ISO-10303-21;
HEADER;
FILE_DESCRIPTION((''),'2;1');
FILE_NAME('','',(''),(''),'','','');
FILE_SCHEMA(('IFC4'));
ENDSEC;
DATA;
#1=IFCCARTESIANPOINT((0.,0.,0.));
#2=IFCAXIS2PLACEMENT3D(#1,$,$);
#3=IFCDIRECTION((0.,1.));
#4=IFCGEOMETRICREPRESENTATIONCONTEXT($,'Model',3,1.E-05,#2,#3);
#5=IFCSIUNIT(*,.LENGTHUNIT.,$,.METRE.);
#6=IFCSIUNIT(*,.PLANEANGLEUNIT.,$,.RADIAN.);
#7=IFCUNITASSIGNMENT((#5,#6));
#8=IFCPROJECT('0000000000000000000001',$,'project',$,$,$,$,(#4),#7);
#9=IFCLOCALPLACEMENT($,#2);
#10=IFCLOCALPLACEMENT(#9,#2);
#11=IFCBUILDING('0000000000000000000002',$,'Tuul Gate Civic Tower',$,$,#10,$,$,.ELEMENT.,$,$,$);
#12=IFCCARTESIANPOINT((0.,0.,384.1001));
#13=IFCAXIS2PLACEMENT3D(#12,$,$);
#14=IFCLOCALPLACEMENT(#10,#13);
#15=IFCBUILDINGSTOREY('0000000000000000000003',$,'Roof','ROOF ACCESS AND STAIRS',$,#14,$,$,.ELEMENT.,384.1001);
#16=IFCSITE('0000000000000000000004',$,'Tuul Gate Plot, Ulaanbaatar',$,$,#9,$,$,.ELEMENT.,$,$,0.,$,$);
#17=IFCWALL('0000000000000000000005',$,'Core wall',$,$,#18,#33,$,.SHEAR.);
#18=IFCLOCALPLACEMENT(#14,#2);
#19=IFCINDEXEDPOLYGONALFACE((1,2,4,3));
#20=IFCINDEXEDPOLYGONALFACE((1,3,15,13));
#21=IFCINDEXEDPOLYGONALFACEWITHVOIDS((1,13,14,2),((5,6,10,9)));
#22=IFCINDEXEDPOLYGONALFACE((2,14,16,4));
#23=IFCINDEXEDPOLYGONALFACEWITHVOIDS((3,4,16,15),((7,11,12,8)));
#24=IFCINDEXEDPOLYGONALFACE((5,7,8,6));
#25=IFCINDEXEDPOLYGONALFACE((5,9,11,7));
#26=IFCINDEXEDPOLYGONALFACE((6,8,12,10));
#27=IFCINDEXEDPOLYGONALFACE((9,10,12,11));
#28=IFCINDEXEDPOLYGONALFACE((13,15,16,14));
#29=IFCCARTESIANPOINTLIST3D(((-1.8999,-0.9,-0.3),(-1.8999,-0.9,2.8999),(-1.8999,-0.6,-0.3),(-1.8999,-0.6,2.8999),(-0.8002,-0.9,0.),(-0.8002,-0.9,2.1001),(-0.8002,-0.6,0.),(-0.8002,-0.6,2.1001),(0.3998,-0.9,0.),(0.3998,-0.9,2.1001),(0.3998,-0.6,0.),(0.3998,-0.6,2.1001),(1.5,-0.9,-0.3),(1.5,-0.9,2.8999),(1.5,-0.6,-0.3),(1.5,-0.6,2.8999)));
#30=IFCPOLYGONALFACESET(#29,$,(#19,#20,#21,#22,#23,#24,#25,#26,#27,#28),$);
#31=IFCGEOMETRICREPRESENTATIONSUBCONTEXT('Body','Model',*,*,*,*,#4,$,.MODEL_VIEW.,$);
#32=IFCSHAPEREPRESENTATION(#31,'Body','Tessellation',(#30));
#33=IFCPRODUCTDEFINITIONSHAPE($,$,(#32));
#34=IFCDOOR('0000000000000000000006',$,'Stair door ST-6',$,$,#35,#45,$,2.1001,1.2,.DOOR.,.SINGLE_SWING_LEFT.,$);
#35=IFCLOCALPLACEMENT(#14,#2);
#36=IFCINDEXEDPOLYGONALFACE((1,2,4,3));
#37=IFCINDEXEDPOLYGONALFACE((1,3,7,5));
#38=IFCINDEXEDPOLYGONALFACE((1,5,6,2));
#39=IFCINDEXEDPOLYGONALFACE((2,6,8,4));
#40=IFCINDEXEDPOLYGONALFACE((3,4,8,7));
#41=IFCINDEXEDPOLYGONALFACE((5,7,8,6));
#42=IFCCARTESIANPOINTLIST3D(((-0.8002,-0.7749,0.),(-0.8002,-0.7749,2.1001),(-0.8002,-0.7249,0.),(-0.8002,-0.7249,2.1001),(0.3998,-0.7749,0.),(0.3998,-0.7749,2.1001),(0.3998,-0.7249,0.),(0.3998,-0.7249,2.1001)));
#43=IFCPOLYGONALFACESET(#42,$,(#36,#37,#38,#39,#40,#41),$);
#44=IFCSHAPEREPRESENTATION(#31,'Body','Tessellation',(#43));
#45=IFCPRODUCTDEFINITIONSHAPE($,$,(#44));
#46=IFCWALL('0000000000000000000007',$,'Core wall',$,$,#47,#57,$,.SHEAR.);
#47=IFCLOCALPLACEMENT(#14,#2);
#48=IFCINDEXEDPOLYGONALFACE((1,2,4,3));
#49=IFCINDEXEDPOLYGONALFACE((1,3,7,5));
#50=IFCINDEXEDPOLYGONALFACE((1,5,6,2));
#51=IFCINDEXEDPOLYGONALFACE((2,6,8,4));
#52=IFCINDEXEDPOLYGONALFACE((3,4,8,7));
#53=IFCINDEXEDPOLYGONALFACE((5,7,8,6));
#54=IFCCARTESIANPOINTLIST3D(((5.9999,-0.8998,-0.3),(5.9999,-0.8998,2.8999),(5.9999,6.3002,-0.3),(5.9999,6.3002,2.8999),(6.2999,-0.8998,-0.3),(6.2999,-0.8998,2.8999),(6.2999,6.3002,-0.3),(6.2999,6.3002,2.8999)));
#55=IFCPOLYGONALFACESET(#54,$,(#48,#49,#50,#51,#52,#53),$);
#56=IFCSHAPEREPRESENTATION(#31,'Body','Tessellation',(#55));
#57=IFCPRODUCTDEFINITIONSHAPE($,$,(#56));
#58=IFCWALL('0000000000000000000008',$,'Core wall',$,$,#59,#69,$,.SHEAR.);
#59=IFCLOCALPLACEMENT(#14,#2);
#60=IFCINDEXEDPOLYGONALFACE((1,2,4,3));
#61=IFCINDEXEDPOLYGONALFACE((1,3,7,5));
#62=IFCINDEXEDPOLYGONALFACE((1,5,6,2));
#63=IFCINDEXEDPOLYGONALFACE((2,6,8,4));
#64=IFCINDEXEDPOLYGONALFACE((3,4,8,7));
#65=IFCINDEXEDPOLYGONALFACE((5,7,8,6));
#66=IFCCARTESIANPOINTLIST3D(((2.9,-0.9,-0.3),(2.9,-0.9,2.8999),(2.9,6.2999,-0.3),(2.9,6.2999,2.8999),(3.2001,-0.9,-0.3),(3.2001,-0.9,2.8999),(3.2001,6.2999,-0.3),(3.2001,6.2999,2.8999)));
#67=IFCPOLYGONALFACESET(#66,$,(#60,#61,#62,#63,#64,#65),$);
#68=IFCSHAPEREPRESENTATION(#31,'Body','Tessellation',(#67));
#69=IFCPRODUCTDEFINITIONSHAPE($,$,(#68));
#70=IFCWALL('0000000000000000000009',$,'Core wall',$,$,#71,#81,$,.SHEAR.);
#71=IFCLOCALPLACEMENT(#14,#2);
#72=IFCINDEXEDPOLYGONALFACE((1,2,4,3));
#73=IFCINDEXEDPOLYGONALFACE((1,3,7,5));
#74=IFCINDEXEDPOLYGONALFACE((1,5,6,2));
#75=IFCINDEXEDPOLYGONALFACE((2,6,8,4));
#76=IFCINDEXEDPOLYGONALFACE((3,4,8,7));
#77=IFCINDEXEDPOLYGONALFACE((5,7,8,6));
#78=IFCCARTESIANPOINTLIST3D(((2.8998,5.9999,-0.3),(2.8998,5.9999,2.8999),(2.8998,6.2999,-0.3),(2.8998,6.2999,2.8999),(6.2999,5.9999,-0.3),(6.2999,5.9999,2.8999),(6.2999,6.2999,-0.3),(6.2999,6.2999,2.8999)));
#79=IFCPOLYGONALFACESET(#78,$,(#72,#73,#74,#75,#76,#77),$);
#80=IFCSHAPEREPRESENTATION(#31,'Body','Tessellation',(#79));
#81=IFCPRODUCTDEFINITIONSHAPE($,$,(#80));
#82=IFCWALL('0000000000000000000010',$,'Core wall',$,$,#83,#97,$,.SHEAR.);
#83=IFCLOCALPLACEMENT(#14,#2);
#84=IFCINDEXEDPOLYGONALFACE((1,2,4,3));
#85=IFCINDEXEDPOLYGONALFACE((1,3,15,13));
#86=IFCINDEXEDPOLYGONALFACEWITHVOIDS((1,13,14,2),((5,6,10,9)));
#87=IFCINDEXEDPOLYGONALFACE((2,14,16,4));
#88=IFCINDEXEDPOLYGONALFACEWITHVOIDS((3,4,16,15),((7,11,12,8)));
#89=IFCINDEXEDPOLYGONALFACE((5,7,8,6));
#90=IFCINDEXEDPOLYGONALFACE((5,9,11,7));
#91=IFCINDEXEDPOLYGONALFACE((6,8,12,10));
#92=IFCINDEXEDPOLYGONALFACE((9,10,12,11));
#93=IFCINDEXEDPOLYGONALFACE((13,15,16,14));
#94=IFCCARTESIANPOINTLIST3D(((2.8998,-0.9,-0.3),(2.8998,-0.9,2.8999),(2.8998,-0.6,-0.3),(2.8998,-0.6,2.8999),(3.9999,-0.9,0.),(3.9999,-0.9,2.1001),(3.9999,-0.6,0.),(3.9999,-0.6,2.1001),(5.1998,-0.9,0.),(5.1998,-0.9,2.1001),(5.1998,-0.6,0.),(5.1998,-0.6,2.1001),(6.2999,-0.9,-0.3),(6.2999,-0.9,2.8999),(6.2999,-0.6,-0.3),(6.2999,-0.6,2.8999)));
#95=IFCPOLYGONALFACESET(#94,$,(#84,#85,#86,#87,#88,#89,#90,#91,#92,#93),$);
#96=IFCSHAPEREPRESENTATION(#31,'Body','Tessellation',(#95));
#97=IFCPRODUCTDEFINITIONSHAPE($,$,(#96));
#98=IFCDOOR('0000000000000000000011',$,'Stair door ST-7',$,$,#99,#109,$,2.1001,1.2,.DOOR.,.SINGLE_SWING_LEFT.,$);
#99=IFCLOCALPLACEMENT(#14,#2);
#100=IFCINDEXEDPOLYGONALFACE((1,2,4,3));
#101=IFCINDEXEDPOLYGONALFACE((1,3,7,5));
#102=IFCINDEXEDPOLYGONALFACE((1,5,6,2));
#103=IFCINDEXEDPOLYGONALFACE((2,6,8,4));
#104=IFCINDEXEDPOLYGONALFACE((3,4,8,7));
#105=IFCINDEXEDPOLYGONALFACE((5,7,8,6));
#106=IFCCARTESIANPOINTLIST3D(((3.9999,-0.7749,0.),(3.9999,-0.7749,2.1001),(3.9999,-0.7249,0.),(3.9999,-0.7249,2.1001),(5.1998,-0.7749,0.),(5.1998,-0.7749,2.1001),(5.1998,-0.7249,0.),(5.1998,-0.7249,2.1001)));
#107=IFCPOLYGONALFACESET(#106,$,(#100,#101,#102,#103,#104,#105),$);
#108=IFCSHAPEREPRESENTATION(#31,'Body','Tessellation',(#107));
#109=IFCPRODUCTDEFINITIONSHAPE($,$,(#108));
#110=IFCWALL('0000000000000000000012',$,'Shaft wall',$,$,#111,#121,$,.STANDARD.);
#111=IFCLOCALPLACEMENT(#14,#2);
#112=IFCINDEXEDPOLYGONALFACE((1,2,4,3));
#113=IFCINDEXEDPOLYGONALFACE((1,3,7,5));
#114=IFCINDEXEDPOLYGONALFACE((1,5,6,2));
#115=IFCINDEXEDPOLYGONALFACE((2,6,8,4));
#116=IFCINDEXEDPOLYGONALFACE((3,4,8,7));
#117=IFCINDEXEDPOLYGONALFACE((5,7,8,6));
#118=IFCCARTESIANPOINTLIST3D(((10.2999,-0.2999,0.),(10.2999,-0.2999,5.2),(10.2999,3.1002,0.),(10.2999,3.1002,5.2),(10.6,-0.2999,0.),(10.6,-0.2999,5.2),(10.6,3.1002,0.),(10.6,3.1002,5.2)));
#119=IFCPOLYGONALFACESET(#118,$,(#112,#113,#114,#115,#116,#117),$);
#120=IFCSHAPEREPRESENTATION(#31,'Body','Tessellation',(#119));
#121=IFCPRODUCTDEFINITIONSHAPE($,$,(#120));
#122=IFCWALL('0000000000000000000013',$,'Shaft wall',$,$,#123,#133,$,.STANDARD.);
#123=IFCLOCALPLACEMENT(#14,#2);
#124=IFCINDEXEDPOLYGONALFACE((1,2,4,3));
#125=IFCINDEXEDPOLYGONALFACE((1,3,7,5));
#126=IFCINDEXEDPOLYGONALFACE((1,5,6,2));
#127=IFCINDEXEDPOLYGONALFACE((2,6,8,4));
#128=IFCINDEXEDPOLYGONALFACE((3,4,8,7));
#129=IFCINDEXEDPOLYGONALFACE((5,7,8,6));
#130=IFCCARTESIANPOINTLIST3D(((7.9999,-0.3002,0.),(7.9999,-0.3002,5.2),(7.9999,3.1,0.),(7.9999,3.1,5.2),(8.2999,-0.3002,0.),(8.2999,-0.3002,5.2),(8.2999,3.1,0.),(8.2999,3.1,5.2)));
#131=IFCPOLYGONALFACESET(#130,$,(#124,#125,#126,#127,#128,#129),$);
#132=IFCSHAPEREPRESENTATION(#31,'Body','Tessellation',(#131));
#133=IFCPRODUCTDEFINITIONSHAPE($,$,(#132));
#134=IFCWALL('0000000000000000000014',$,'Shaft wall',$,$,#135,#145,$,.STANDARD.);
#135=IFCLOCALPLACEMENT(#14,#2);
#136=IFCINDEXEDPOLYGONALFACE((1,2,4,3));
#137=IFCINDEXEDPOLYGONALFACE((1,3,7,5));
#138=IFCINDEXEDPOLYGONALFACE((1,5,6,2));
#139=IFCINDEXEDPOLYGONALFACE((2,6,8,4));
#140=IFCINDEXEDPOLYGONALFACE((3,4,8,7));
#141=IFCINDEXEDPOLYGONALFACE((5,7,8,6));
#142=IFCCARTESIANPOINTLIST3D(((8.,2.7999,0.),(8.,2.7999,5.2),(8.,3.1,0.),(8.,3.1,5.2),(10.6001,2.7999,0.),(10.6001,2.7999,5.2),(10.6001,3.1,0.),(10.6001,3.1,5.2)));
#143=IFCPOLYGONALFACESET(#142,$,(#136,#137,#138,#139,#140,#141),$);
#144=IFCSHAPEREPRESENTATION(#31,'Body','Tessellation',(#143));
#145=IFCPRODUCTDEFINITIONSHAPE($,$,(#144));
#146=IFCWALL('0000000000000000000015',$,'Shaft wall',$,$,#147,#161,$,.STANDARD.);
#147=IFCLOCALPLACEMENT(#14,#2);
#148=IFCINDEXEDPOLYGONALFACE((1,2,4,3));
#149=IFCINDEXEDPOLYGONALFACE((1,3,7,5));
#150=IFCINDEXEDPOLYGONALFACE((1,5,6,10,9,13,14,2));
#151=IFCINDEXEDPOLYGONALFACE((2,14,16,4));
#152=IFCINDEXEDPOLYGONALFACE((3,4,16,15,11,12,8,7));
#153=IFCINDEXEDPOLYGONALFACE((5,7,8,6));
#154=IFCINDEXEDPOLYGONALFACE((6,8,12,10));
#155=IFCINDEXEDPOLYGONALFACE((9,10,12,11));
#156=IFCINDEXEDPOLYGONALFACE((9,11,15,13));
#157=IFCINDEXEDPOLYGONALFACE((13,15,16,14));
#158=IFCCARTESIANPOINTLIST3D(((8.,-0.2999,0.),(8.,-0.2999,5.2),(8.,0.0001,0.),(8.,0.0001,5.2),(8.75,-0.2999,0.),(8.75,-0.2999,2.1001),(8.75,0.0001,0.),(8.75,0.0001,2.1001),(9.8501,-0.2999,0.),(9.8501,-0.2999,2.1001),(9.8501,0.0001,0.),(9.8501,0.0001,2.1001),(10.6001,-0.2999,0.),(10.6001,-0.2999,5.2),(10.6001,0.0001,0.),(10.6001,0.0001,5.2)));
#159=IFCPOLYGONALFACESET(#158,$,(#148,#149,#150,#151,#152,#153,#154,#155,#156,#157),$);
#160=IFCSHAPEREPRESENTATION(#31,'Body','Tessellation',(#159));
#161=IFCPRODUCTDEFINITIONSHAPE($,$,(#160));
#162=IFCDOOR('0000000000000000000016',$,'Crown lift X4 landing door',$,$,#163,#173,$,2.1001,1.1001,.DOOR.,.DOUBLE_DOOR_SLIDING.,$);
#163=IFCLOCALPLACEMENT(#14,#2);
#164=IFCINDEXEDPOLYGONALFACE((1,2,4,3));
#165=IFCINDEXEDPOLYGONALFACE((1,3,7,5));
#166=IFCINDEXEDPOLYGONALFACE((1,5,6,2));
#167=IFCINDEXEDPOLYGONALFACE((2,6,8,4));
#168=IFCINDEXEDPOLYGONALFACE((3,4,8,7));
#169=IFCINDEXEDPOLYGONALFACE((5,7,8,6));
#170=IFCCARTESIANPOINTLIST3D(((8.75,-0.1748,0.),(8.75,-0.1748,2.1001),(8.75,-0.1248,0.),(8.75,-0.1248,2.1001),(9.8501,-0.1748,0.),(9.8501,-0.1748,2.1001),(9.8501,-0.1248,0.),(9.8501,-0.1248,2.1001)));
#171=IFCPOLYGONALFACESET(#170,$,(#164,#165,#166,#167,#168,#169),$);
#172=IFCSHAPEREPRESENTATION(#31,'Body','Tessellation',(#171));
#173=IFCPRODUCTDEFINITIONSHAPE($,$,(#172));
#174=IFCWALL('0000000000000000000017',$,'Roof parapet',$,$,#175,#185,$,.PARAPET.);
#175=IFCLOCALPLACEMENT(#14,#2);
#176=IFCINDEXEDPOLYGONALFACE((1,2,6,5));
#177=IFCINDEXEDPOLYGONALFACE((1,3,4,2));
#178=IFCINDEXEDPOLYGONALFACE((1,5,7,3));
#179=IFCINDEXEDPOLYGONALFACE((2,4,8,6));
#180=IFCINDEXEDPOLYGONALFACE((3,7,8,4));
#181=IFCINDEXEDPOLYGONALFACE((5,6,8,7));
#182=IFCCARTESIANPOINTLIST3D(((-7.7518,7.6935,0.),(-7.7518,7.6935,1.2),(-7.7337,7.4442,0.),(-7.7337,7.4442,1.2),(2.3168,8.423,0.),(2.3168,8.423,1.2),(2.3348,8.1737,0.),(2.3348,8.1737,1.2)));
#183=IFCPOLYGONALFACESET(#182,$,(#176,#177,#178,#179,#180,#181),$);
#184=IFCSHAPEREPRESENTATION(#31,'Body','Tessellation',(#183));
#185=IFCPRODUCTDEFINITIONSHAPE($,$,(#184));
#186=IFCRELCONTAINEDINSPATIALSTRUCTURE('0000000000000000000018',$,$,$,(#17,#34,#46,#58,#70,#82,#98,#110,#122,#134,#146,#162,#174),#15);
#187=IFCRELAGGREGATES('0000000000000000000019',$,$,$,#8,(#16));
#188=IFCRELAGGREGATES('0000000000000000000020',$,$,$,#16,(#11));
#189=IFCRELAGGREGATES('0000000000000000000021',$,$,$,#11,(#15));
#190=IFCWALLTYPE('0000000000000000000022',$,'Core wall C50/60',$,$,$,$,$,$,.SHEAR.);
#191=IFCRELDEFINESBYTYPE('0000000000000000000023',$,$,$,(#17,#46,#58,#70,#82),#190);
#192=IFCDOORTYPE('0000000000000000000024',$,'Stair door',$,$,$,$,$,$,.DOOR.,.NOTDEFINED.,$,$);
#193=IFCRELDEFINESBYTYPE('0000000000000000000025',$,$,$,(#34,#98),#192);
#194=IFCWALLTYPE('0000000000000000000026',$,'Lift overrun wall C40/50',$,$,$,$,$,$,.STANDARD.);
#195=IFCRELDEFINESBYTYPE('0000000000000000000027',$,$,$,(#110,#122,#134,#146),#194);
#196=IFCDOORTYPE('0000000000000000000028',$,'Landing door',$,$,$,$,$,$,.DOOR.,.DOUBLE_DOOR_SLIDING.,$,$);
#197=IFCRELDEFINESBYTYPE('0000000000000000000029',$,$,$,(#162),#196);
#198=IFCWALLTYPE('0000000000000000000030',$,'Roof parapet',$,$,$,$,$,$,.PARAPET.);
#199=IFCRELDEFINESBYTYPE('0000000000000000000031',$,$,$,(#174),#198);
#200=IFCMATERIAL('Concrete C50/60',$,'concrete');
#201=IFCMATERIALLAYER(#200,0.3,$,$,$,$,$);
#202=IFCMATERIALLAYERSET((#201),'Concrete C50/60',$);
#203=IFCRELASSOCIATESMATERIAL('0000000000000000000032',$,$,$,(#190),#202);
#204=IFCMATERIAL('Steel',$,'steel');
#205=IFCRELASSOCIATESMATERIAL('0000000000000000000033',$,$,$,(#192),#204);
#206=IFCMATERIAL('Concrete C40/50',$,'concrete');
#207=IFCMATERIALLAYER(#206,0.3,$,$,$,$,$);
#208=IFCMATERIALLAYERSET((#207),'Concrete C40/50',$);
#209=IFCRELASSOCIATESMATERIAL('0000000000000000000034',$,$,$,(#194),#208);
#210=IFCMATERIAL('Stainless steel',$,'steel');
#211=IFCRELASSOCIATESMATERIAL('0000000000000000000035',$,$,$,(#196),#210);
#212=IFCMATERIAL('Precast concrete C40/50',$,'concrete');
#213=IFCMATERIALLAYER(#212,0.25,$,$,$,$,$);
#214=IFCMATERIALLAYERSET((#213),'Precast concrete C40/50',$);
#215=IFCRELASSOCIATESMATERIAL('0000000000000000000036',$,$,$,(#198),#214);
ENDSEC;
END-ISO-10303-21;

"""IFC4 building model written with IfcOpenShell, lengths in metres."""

from ifc_helpers import new_model, si_unit, direction, frame, frame_2d, origin, place, context, subcontext, project, spatial, rectangle, extrude, material, layer, layer_set, type_object, element, fill, save


model = new_model("IFC4")

# Units and contexts
model_context = context("Model", 3, precision=1e-05, world=origin(), true_north=direction((0.0, 1.0)))
body_context = subcontext(model_context, "Body", "Model", "MODEL_VIEW")
ifc_project = project(units=[si_unit("LENGTHUNIT", "METRE"), si_unit("PLANEANGLEUNIT", "RADIAN")], contexts=[model_context])

# Site, building, storey
site_placement = place(None, origin())
site = spatial("IfcSite", under=ifc_project, at=site_placement, Name="Tuul Gate Plot, Ulaanbaatar", CompositionType="ELEMENT", RefElevation=0.0)
building_placement = place(site_placement, origin())
building = spatial("IfcBuilding", under=site, at=building_placement, Name="Tuul Gate Civic Tower", CompositionType="ELEMENT")
storey_placement = place(building_placement, frame((0.0, 0.0, 384.1001)))
storey = spatial("IfcBuildingStorey", under=building, at=storey_placement, Name="Roof", Description="ROOF ACCESS AND STAIRS", CompositionType="ELEMENT", Elevation=384.1001)

# Wall, opening, door
ifc_material_1 = material(Name="Concrete C50/60", Category="concrete")
ifc_layer_1 = layer(ifc_material_1, 0.3)
ifc_layer_set_1 = layer_set([ifc_layer_1], Name="Concrete C50/60")
wall_type_1 = type_object("IfcWallType", Name="Core wall C50/60", PredefinedType="SHEAR", material=ifc_layer_set_1)
wall_1_placement = place(storey_placement, frame((1.5, -0.75, -0.3), z_axis=(0.0, 0.0, 1.0), x_axis=(-1.0, 0.0, 0.0)))
wall_1 = element("IfcWall", 1, at=wall_1_placement, inside=storey, type_object=wall_type_1, Name="Core wall", PredefinedType="SHEAR", context=body_context, shape_type="SweptSolid", body=[
    extrude(rectangle(XDim=3.3999, YDim=0.3, at=frame_2d((1.7, 0.0))), origin(), (0.0, 0.0, 1.0), 3.2),
])
opening_1_placement = place(wall_1_placement, frame((1.1001, 0.0, 0.3)))
opening_1 = element("IfcOpeningElement", 2, at=opening_1_placement, cuts=wall_1, PredefinedType="OPENING", context=body_context, shape_type="SweptSolid", body=[
    extrude(rectangle(XDim=1.2, YDim=2.1001, at=frame_2d((0.6001, 1.05))), frame((0.0, 0.1602, 0.0), z_axis=(0.0, -1.0, 0.0), x_axis=(1.0, 0.0, 0.0)), (0.0, 0.0, 1.0), 0.3201),
])
ifc_material_2 = material(Name="Steel", Category="steel")
door_type_1 = type_object("IfcDoorType", Name="Stair door", OperationType="NOTDEFINED", PredefinedType="DOOR", material=ifc_material_2)
door_1_placement = place(opening_1_placement, origin())
door_1 = element("IfcDoor", 3, at=door_1_placement, inside=storey, type_object=door_type_1, Name="Stair door ST-6", OperationType="SINGLE_SWING_LEFT", OverallHeight=2.1001, OverallWidth=1.2, PredefinedType="DOOR", context=body_context, shape_type="SweptSolid", body=[
    extrude(rectangle(XDim=1.2, YDim=2.1001, at=frame_2d((0.6001, 1.05))), frame((0.0, 0.0249, 0.0), z_axis=(0.0, -1.0, 0.0), x_axis=(1.0, 0.0, 0.0)), (0.0, 0.0, 1.0), 0.05),
])
fill(opening_1, door_1)

# Walls
for number, where, z_axis, x_axis, name in (
    (4, (6.1499, -0.8999, -0.3), (0.0, 0.0, 1.0), (0.0, 1.0, 0.0), "Core wall"),
    (5, (3.05, 6.3, -0.3), (0.0, 0.0, 1.0), (0.0, -1.0, 0.0), "Core wall"),
):
    element("IfcWall", number, at=place(storey_placement, frame(where, z_axis=z_axis, x_axis=x_axis)), inside=storey, type_object=wall_type_1, Name=name, PredefinedType="SHEAR", context=body_context, shape_type="SweptSolid", body=[
        extrude(rectangle(XDim=7.2, YDim=0.3, at=frame_2d((3.6001, 0.0))), origin(), (0.0, 0.0, 1.0), 3.2),
    ])
wall_2_placement = place(storey_placement, frame((6.3, 6.1499, -0.3), z_axis=(0.0, 0.0, 1.0), x_axis=(-1.0, 0.0, 0.0)))
element("IfcWall", 6, at=wall_2_placement, inside=storey, type_object=wall_type_1, Name="Core wall", PredefinedType="SHEAR", context=body_context, shape_type="SweptSolid", body=[
    extrude(rectangle(XDim=3.4001, YDim=0.3, at=frame_2d((1.7002, 0.0))), origin(), (0.0, 0.0, 1.0), 3.2),
])

# Wall, opening, door
wall_3_placement = place(storey_placement, frame((6.3, -0.75, -0.3), z_axis=(0.0, 0.0, 1.0), x_axis=(-1.0, 0.0, 0.0)))
wall_3 = element("IfcWall", 7, at=wall_3_placement, inside=storey, type_object=wall_type_1, Name="Core wall", PredefinedType="SHEAR", context=body_context, shape_type="SweptSolid", body=[
    extrude(rectangle(XDim=3.4001, YDim=0.3, at=frame_2d((1.7002, 0.0))), origin(), (0.0, 0.0, 1.0), 3.2),
])
opening_2_placement = place(wall_3_placement, frame((1.1001, 0.0, 0.3)))
opening_2 = element("IfcOpeningElement", 8, at=opening_2_placement, cuts=wall_3, PredefinedType="OPENING", context=body_context, shape_type="SweptSolid", body=[
    extrude(rectangle(XDim=1.2, YDim=2.1001, at=frame_2d((0.6001, 1.05))), frame((0.0, 0.1602, 0.0), z_axis=(0.0, -1.0, 0.0), x_axis=(1.0, 0.0, 0.0)), (0.0, 0.0, 1.0), 0.3201),
])
door_2_placement = place(opening_2_placement, origin())
door_2 = element("IfcDoor", 9, at=door_2_placement, inside=storey, type_object=door_type_1, Name="Stair door ST-7", OperationType="SINGLE_SWING_LEFT", OverallHeight=2.1001, OverallWidth=1.2, PredefinedType="DOOR", context=body_context, shape_type="SweptSolid", body=[
    extrude(rectangle(XDim=1.2, YDim=2.1001, at=frame_2d((0.6001, 1.05))), frame((0.0, 0.0249, 0.0), z_axis=(0.0, -1.0, 0.0), x_axis=(1.0, 0.0, 0.0)), (0.0, 0.0, 1.0), 0.05),
])
fill(opening_2, door_2)

# Walls
ifc_material_3 = material(Name="Concrete C40/50", Category="concrete")
ifc_layer_2 = layer(ifc_material_3, 0.3)
ifc_layer_set_2 = layer_set([ifc_layer_2], Name="Concrete C40/50")
wall_type_2 = type_object("IfcWallType", Name="Lift overrun wall C40/50", PredefinedType="STANDARD", material=ifc_layer_set_2)
for number, where, z_axis, x_axis, name in (
    (10, (10.45, -0.3, 0.0), (0.0, 0.0, 1.0), (0.0, 1.0, 0.0), "Shaft wall"),
    (11, (8.1499, 3.1001, 0.0), (0.0, 0.0, 1.0), (0.0, -1.0, 0.0), "Shaft wall"),
):
    element("IfcWall", number, at=place(storey_placement, frame(where, z_axis=z_axis, x_axis=x_axis)), inside=storey, type_object=wall_type_2, Name=name, PredefinedType="STANDARD", context=body_context, shape_type="SweptSolid", body=[
        extrude(rectangle(XDim=3.4001, YDim=0.3, at=frame_2d((1.7002, 0.0))), origin(), (0.0, 0.0, 1.0), 5.2),
    ])
wall_4_placement = place(storey_placement, frame((10.6001, 2.95, 0.0), z_axis=(0.0, 0.0, 1.0), x_axis=(-1.0, 0.0, 0.0)))
element("IfcWall", 12, at=wall_4_placement, inside=storey, type_object=wall_type_2, Name="Shaft wall", PredefinedType="STANDARD", context=body_context, shape_type="SweptSolid", body=[
    extrude(rectangle(XDim=2.6001, YDim=0.3, at=frame_2d((1.3, 0.0))), origin(), (0.0, 0.0, 1.0), 5.2),
])

# Wall, opening, door
wall_5_placement = place(storey_placement, frame((10.6001, -0.1499, 0.0), z_axis=(0.0, 0.0, 1.0), x_axis=(-1.0, 0.0, 0.0)))
wall_5 = element("IfcWall", 13, at=wall_5_placement, inside=storey, type_object=wall_type_2, Name="Shaft wall", PredefinedType="STANDARD", context=body_context, shape_type="SweptSolid", body=[
    extrude(rectangle(XDim=2.6001, YDim=0.3, at=frame_2d((1.3, 0.0))), origin(), (0.0, 0.0, 1.0), 5.2),
])
opening_3_placement = place(wall_5_placement, frame((0.75, 0.0, 0.0)))
opening_3 = element("IfcOpeningElement", 14, at=opening_3_placement, cuts=wall_5, PredefinedType="OPENING", context=body_context, shape_type="SweptSolid", body=[
    extrude(rectangle(XDim=1.1001, YDim=2.1001, at=frame_2d((0.55, 1.05))), frame((0.0, 0.1602, 0.0), z_axis=(0.0, -1.0, 0.0), x_axis=(1.0, 0.0, 0.0)), (0.0, 0.0, 1.0), 0.3201),
])
ifc_material_4 = material(Name="Stainless steel", Category="steel")
door_type_2 = type_object("IfcDoorType", Name="Landing door", OperationType="DOUBLE_DOOR_SLIDING", PredefinedType="DOOR", material=ifc_material_4)
door_3_placement = place(opening_3_placement, origin())
door_3 = element("IfcDoor", 15, at=door_3_placement, inside=storey, type_object=door_type_2, Name="Crown lift X4 landing door", OperationType="DOUBLE_DOOR_SLIDING", OverallHeight=2.1001, OverallWidth=1.1001, PredefinedType="DOOR", context=body_context, shape_type="SweptSolid", body=[
    extrude(rectangle(XDim=1.1001, YDim=2.1001, at=frame_2d((0.55, 1.05))), frame((0.0, 0.0249, 0.0), z_axis=(0.0, -1.0, 0.0), x_axis=(1.0, 0.0, 0.0)), (0.0, 0.0, 1.0), 0.05),
])
fill(opening_3, door_3)

# Wall
ifc_material_5 = material(Name="Precast concrete C40/50", Category="concrete")
ifc_layer_3 = layer(ifc_material_5, 0.25)
ifc_layer_set_3 = layer_set([ifc_layer_3], Name="Precast concrete C40/50")
wall_type_3 = type_object("IfcWallType", Name="Roof parapet", PredefinedType="PARAPET", material=ifc_layer_set_3)
wall_6_placement = place(storey_placement, frame((2.3257, 8.2983, 0.0), z_axis=(0.0, 0.0, 1.0), x_axis=(-0.997386, -0.072263, 0.0)))
element("IfcWall", 16, at=wall_6_placement, inside=storey, type_object=wall_type_3, Name="Roof parapet", PredefinedType="PARAPET", context=body_context, shape_type="SweptSolid", body=[
    extrude(rectangle(XDim=10.095, YDim=0.25, at=frame_2d((5.0474, 0.0))), origin(), (0.0, 0.0, 1.0), 1.2),
])

save(model, "model.ifc")
